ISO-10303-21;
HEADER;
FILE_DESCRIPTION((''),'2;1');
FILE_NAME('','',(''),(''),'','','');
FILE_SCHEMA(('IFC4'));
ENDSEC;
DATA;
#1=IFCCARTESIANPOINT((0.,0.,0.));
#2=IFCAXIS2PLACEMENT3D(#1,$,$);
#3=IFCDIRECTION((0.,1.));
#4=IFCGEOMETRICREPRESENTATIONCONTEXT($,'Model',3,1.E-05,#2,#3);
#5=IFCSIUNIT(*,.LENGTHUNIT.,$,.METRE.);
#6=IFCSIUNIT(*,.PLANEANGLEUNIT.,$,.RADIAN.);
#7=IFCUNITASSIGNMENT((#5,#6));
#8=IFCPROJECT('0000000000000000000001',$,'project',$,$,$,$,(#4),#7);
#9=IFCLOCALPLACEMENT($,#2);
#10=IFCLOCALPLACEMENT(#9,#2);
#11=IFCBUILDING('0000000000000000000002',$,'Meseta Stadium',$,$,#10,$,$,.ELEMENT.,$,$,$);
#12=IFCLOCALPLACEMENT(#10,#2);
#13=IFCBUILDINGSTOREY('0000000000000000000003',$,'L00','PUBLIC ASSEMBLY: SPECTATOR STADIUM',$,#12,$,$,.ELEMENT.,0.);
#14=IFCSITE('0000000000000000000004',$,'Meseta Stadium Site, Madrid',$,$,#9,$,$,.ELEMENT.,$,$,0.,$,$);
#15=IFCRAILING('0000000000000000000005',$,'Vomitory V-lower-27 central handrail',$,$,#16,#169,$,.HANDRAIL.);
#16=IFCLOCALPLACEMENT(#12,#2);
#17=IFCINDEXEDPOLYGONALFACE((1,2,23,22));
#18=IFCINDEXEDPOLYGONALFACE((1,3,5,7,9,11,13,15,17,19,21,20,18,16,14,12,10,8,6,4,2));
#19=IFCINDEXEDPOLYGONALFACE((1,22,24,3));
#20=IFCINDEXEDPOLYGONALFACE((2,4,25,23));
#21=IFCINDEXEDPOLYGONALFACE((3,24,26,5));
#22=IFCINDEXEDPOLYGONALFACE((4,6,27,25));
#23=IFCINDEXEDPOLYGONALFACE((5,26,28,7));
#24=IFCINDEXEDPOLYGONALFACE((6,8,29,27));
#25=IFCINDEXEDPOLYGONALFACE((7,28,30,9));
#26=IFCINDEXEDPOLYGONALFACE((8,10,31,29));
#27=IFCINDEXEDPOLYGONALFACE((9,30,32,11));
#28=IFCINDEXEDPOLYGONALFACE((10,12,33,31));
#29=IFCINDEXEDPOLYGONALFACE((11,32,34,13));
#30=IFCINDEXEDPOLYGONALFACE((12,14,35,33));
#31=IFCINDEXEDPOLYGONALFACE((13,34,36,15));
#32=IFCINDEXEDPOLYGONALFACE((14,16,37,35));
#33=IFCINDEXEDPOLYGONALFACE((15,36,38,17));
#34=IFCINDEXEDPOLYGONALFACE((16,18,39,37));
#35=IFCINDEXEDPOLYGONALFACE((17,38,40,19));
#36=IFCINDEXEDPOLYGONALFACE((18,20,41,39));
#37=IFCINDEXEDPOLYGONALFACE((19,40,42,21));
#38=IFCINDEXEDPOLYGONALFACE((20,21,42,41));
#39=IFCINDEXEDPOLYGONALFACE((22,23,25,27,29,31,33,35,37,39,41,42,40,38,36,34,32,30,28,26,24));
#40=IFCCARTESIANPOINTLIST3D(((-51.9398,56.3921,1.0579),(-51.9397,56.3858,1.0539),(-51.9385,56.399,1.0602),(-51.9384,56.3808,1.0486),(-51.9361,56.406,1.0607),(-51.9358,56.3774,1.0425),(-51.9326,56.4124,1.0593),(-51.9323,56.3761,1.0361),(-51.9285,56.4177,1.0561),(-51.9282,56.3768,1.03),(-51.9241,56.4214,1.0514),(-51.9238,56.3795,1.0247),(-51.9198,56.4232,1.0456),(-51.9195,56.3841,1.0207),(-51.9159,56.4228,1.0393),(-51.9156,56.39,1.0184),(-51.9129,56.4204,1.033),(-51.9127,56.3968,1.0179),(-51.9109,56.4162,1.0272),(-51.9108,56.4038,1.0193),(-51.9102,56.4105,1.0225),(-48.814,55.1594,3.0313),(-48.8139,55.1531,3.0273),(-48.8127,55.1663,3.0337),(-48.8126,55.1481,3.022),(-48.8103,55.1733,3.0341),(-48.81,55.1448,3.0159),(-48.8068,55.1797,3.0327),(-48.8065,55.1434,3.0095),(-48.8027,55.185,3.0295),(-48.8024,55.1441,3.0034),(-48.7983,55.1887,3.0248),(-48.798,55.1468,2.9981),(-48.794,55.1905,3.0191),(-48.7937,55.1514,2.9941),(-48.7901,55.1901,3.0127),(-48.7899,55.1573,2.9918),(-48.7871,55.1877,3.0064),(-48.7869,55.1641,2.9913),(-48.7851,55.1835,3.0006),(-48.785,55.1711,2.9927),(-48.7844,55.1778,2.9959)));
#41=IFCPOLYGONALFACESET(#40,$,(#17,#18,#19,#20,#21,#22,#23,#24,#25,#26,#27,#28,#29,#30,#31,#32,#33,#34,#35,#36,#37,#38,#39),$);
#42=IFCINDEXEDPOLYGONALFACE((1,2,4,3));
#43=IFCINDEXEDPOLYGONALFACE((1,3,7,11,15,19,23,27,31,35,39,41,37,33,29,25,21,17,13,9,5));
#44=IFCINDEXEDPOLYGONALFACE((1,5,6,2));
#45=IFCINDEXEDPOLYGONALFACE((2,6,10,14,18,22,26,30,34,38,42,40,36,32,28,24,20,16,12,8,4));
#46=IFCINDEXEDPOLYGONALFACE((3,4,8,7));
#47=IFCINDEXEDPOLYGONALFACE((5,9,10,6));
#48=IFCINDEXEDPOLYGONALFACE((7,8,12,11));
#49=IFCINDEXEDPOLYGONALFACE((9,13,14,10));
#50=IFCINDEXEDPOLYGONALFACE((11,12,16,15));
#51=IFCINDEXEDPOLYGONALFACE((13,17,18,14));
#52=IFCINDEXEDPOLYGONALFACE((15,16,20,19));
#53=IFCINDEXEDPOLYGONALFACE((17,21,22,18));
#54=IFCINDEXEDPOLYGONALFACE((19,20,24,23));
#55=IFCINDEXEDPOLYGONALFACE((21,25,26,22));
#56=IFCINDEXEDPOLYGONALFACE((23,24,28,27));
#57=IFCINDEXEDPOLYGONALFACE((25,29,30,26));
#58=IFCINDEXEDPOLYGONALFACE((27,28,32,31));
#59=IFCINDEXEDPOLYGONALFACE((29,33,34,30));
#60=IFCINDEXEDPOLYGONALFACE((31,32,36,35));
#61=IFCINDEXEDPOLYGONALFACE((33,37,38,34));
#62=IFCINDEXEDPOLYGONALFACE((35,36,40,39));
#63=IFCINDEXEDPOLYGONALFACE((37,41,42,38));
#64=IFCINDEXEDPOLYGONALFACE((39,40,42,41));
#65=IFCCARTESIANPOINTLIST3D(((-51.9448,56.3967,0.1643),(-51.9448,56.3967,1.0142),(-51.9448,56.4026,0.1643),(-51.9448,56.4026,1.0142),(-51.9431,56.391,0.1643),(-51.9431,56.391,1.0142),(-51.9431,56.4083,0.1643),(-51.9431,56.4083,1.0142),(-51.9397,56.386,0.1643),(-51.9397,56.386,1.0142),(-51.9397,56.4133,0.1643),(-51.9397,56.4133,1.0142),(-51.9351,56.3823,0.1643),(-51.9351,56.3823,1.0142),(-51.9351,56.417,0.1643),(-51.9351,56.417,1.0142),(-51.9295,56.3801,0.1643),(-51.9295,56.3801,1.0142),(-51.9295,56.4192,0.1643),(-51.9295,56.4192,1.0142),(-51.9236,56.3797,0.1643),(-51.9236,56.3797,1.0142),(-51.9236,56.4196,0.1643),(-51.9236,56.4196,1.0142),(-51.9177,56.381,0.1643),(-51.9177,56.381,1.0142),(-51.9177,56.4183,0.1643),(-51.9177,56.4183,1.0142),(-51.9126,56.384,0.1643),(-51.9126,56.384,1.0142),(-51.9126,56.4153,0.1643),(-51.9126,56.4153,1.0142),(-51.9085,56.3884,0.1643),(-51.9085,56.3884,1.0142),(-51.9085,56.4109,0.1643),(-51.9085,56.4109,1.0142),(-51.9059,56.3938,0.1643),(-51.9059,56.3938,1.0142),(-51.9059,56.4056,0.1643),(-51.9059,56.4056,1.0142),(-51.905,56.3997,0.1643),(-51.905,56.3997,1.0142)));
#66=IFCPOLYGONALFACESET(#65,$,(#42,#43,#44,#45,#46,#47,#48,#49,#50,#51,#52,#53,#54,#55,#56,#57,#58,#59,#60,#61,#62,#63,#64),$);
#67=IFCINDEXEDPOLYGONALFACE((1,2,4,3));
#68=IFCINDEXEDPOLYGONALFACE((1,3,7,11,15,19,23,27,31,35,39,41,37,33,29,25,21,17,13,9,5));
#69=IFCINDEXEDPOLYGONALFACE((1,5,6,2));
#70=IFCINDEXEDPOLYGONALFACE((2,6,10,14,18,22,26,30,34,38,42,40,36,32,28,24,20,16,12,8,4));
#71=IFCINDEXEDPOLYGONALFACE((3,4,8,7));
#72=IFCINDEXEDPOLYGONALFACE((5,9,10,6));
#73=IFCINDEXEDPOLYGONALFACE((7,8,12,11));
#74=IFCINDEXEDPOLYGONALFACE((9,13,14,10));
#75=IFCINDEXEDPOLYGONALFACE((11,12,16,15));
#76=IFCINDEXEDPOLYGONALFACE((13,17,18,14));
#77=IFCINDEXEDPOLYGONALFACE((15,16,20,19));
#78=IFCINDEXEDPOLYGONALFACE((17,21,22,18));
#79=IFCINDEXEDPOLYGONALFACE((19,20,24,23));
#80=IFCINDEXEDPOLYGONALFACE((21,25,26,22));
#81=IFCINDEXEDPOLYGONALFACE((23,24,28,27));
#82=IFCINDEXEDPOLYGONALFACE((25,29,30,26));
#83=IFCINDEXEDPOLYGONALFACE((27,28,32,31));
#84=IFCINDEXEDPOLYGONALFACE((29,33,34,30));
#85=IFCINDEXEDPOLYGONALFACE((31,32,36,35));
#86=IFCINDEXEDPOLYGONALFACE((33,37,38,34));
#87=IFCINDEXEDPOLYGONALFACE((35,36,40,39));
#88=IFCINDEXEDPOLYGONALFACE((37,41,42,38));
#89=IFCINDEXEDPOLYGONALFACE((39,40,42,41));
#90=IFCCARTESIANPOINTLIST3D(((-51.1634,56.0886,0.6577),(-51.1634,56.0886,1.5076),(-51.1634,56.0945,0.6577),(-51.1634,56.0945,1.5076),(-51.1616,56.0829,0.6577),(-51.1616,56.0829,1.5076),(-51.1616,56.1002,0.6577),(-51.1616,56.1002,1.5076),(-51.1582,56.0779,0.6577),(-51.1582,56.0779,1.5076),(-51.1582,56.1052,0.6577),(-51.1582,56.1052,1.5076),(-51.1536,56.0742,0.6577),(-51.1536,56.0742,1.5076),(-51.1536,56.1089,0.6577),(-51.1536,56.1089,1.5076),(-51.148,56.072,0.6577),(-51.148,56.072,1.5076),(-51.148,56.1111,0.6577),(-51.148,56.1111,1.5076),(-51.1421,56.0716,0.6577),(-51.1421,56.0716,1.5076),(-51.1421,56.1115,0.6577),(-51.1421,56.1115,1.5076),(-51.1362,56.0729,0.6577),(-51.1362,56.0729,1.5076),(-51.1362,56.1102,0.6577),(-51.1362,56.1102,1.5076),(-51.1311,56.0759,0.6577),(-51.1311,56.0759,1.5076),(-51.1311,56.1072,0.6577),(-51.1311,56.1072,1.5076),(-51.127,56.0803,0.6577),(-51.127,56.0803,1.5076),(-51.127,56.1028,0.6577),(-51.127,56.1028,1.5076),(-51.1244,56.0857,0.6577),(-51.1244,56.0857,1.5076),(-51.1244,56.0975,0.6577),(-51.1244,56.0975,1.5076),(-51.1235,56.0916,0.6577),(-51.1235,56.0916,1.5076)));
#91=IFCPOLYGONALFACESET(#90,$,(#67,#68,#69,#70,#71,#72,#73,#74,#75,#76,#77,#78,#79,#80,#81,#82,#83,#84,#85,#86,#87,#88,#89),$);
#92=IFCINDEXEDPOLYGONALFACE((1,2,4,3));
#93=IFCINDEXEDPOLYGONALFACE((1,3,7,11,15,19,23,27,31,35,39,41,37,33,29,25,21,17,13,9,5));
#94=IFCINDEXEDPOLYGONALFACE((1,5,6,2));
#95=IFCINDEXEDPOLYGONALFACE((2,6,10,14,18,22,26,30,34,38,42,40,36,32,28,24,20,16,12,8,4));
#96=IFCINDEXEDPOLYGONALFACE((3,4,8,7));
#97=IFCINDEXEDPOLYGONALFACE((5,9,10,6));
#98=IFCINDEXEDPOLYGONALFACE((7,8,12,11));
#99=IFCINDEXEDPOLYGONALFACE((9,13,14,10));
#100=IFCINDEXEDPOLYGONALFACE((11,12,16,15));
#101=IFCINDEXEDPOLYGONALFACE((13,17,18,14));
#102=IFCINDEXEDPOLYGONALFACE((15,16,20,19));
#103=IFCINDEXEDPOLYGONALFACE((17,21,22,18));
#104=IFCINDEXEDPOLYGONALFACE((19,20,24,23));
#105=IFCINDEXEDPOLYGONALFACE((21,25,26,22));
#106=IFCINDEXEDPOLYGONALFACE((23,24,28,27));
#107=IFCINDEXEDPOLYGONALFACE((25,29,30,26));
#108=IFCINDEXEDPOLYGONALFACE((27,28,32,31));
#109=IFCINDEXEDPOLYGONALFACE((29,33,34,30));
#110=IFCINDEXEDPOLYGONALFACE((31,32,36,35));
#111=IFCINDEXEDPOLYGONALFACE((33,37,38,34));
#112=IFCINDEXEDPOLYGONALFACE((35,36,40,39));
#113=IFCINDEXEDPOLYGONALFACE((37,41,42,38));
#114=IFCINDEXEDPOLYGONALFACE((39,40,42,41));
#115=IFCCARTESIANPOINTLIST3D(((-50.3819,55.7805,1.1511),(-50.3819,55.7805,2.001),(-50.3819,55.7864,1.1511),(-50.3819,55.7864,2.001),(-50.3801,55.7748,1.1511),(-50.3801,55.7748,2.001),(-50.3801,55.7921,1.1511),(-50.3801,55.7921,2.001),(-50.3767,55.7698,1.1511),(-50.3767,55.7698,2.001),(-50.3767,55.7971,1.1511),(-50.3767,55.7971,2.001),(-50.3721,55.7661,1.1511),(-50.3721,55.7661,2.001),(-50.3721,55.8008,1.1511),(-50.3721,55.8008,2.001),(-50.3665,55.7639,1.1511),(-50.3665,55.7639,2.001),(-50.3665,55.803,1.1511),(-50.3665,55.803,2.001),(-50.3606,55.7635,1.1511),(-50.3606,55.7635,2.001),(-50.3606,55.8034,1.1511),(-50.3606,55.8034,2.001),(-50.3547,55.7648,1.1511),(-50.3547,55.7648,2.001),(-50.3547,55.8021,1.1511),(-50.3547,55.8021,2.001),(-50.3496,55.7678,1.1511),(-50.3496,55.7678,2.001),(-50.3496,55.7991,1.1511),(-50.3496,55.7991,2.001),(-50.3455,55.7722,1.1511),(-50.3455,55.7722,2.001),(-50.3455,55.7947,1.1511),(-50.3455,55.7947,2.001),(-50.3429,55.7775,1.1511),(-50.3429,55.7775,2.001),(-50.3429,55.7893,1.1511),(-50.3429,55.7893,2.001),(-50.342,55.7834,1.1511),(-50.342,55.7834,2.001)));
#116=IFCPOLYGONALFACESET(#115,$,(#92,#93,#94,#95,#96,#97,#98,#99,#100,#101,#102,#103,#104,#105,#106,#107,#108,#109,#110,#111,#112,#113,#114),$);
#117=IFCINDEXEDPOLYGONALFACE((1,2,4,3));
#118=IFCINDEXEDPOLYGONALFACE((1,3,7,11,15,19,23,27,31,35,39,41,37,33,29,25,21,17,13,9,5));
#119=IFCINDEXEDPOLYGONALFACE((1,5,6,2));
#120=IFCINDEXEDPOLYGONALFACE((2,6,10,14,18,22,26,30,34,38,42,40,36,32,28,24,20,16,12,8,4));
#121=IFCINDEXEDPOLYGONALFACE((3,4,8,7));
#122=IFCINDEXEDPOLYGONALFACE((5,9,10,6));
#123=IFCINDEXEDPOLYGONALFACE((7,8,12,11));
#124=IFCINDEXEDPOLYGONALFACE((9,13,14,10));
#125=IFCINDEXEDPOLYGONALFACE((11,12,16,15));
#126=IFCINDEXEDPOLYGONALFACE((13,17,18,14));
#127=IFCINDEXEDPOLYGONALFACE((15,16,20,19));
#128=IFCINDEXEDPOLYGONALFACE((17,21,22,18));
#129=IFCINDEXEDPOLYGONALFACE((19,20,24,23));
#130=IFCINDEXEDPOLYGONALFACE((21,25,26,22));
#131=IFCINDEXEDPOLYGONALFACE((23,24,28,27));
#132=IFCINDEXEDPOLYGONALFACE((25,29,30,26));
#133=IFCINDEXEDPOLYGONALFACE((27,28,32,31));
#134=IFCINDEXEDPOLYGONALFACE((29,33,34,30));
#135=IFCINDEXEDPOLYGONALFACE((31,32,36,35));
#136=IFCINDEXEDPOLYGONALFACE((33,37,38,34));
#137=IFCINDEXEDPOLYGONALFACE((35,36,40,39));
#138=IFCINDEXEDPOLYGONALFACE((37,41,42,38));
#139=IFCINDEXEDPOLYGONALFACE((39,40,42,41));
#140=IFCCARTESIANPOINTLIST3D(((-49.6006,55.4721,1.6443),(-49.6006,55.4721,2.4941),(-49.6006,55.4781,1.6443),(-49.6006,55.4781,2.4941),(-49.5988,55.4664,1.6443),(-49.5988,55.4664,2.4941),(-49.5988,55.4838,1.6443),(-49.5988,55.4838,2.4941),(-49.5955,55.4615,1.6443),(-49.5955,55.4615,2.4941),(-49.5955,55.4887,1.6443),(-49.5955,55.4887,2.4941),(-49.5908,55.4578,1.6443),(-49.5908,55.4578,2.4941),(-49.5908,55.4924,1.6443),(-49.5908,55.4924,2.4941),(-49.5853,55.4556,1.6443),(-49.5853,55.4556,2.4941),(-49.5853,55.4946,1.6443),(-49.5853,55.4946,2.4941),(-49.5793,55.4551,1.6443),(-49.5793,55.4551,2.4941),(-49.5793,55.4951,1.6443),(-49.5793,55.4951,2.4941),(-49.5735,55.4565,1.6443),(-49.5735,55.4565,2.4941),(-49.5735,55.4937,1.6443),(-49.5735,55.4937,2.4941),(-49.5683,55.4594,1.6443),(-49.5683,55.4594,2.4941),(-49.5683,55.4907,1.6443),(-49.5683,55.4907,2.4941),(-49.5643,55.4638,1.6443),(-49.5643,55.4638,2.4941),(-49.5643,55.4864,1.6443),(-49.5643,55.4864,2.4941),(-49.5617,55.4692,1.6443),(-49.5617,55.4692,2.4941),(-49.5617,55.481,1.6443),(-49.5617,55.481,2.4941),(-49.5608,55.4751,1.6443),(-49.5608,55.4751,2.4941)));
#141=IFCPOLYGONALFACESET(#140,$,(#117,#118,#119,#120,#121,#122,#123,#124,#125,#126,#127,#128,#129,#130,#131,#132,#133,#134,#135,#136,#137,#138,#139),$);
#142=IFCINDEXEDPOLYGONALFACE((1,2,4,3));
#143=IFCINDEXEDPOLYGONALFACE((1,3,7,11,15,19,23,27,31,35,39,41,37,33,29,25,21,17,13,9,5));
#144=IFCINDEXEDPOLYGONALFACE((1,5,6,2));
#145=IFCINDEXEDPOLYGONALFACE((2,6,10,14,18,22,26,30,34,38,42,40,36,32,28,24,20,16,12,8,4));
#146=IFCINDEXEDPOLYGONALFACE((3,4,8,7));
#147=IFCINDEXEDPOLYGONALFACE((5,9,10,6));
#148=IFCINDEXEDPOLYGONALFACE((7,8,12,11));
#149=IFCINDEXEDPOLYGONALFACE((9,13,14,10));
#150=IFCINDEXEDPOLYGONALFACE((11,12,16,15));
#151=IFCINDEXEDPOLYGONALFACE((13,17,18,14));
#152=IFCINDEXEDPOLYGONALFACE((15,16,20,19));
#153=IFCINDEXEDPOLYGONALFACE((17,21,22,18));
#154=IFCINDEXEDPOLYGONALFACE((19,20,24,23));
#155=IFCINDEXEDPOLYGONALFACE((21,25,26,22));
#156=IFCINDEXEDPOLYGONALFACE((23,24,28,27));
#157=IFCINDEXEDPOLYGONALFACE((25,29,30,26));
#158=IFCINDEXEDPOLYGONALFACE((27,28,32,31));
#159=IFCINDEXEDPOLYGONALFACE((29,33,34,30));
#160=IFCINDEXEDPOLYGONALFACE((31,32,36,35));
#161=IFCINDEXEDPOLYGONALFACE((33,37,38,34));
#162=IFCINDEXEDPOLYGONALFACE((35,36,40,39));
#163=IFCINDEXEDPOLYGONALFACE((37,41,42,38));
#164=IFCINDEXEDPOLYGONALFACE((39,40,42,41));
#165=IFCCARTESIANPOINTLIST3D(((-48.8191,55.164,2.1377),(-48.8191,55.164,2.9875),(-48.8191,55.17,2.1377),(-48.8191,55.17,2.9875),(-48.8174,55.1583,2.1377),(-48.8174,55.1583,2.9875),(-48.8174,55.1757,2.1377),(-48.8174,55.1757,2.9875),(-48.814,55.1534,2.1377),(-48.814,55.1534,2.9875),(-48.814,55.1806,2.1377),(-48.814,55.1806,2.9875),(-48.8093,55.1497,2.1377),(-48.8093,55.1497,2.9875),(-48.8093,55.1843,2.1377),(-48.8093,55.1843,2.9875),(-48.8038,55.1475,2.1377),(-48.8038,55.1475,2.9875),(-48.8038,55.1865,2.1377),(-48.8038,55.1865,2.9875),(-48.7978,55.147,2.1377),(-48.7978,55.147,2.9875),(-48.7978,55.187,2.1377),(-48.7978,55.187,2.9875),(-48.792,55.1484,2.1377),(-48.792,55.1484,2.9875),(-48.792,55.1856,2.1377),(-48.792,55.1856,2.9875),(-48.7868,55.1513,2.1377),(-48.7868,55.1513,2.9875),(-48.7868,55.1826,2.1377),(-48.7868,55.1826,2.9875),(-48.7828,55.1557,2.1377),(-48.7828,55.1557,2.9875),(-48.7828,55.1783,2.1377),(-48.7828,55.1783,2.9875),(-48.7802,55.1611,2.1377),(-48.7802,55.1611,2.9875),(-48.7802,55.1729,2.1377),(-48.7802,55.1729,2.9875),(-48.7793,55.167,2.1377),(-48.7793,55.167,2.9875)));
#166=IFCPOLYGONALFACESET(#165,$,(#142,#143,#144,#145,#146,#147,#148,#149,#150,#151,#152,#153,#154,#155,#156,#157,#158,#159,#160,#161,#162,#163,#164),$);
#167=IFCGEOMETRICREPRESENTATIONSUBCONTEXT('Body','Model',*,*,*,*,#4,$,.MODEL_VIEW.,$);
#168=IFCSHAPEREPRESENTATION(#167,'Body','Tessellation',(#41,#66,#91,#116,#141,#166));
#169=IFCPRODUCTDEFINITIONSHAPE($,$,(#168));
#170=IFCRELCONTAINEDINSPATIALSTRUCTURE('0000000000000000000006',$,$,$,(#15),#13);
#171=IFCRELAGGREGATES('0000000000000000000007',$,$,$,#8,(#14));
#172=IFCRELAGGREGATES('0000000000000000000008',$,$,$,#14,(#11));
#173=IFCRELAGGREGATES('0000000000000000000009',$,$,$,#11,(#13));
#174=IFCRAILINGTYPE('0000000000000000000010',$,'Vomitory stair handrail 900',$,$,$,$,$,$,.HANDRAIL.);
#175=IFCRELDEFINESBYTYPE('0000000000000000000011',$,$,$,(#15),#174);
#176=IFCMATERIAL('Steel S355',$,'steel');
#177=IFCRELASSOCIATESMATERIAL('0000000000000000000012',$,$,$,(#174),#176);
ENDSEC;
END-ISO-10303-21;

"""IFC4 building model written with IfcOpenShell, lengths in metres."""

from ifc_helpers import new_model, si_unit, direction, frame, origin, origin_2d, place, context, subcontext, project, spatial, circle, extrude, material, type_object, element, save


model = new_model("IFC4")

# Units and contexts
model_context = context("Model", 3, precision=1e-05, world=origin(), true_north=direction((0.0, 1.0)))
body_context = subcontext(model_context, "Body", "Model", "MODEL_VIEW")
ifc_project = project(units=[si_unit("LENGTHUNIT", "METRE"), si_unit("PLANEANGLEUNIT", "RADIAN")], contexts=[model_context])

# Site, building, storey
site_placement = place(None, origin())
site = spatial("IfcSite", under=ifc_project, at=site_placement, Name="Meseta Stadium Site, Madrid", CompositionType="ELEMENT", RefElevation=0.0)
building_placement = place(site_placement, origin())
building = spatial("IfcBuilding", under=site, at=building_placement, Name="Meseta Stadium", CompositionType="ELEMENT")
storey_placement = place(building_placement, origin())
storey = spatial("IfcBuildingStorey", under=building, at=storey_placement, Name="L00", Description="PUBLIC ASSEMBLY: SPECTATOR STADIUM", CompositionType="ELEMENT", Elevation=0.0)

# Railing
ifc_material_1 = material(Name="Steel S355", Category="steel")
railing_type_1 = type_object("IfcRailingType", Name="Vomitory stair handrail 900", PredefinedType="HANDRAIL", material=ifc_material_1)
railing_1_placement = place(storey_placement, frame((-51.925, 56.3997, 0.1643)))
element("IfcRailing", 1, at=railing_1_placement, inside=storey, type_object=railing_type_1, Name="Vomitory V-lower-27 central handrail", PredefinedType="HANDRAIL", context=body_context, shape_type="SweptSolid", body=[
    extrude(circle(Radius=0.0249, at=origin_2d()), frame((0.0, 0.0, 0.875), z_axis=(0.802158, -0.316339, 0.506431), x_axis=(0.366864, 0.930275, 0.0)), (0.0, 0.0, 1.0), 3.8967),
    extrude(circle(Radius=0.02, at=origin_2d()), origin(), (0.0, 0.0, 1.0), 0.8499),
    extrude(circle(Radius=0.02, at=origin_2d()), frame((0.7815, -0.3081, 0.4934)), (0.0, 0.0, 1.0), 0.8499),
    extrude(circle(Radius=0.02, at=origin_2d()), frame((1.563, -0.6162, 0.9868)), (0.0, 0.0, 1.0), 0.8499),
    extrude(circle(Radius=0.02, at=origin_2d()), frame((2.3442, -0.9246, 1.48)), (0.0, 0.0, 1.0), 0.8499),
    extrude(circle(Radius=0.02, at=origin_2d()), frame((3.1257, -1.2327, 1.9734)), (0.0, 0.0, 1.0), 0.8499),
])

save(model, "model.ifc")
